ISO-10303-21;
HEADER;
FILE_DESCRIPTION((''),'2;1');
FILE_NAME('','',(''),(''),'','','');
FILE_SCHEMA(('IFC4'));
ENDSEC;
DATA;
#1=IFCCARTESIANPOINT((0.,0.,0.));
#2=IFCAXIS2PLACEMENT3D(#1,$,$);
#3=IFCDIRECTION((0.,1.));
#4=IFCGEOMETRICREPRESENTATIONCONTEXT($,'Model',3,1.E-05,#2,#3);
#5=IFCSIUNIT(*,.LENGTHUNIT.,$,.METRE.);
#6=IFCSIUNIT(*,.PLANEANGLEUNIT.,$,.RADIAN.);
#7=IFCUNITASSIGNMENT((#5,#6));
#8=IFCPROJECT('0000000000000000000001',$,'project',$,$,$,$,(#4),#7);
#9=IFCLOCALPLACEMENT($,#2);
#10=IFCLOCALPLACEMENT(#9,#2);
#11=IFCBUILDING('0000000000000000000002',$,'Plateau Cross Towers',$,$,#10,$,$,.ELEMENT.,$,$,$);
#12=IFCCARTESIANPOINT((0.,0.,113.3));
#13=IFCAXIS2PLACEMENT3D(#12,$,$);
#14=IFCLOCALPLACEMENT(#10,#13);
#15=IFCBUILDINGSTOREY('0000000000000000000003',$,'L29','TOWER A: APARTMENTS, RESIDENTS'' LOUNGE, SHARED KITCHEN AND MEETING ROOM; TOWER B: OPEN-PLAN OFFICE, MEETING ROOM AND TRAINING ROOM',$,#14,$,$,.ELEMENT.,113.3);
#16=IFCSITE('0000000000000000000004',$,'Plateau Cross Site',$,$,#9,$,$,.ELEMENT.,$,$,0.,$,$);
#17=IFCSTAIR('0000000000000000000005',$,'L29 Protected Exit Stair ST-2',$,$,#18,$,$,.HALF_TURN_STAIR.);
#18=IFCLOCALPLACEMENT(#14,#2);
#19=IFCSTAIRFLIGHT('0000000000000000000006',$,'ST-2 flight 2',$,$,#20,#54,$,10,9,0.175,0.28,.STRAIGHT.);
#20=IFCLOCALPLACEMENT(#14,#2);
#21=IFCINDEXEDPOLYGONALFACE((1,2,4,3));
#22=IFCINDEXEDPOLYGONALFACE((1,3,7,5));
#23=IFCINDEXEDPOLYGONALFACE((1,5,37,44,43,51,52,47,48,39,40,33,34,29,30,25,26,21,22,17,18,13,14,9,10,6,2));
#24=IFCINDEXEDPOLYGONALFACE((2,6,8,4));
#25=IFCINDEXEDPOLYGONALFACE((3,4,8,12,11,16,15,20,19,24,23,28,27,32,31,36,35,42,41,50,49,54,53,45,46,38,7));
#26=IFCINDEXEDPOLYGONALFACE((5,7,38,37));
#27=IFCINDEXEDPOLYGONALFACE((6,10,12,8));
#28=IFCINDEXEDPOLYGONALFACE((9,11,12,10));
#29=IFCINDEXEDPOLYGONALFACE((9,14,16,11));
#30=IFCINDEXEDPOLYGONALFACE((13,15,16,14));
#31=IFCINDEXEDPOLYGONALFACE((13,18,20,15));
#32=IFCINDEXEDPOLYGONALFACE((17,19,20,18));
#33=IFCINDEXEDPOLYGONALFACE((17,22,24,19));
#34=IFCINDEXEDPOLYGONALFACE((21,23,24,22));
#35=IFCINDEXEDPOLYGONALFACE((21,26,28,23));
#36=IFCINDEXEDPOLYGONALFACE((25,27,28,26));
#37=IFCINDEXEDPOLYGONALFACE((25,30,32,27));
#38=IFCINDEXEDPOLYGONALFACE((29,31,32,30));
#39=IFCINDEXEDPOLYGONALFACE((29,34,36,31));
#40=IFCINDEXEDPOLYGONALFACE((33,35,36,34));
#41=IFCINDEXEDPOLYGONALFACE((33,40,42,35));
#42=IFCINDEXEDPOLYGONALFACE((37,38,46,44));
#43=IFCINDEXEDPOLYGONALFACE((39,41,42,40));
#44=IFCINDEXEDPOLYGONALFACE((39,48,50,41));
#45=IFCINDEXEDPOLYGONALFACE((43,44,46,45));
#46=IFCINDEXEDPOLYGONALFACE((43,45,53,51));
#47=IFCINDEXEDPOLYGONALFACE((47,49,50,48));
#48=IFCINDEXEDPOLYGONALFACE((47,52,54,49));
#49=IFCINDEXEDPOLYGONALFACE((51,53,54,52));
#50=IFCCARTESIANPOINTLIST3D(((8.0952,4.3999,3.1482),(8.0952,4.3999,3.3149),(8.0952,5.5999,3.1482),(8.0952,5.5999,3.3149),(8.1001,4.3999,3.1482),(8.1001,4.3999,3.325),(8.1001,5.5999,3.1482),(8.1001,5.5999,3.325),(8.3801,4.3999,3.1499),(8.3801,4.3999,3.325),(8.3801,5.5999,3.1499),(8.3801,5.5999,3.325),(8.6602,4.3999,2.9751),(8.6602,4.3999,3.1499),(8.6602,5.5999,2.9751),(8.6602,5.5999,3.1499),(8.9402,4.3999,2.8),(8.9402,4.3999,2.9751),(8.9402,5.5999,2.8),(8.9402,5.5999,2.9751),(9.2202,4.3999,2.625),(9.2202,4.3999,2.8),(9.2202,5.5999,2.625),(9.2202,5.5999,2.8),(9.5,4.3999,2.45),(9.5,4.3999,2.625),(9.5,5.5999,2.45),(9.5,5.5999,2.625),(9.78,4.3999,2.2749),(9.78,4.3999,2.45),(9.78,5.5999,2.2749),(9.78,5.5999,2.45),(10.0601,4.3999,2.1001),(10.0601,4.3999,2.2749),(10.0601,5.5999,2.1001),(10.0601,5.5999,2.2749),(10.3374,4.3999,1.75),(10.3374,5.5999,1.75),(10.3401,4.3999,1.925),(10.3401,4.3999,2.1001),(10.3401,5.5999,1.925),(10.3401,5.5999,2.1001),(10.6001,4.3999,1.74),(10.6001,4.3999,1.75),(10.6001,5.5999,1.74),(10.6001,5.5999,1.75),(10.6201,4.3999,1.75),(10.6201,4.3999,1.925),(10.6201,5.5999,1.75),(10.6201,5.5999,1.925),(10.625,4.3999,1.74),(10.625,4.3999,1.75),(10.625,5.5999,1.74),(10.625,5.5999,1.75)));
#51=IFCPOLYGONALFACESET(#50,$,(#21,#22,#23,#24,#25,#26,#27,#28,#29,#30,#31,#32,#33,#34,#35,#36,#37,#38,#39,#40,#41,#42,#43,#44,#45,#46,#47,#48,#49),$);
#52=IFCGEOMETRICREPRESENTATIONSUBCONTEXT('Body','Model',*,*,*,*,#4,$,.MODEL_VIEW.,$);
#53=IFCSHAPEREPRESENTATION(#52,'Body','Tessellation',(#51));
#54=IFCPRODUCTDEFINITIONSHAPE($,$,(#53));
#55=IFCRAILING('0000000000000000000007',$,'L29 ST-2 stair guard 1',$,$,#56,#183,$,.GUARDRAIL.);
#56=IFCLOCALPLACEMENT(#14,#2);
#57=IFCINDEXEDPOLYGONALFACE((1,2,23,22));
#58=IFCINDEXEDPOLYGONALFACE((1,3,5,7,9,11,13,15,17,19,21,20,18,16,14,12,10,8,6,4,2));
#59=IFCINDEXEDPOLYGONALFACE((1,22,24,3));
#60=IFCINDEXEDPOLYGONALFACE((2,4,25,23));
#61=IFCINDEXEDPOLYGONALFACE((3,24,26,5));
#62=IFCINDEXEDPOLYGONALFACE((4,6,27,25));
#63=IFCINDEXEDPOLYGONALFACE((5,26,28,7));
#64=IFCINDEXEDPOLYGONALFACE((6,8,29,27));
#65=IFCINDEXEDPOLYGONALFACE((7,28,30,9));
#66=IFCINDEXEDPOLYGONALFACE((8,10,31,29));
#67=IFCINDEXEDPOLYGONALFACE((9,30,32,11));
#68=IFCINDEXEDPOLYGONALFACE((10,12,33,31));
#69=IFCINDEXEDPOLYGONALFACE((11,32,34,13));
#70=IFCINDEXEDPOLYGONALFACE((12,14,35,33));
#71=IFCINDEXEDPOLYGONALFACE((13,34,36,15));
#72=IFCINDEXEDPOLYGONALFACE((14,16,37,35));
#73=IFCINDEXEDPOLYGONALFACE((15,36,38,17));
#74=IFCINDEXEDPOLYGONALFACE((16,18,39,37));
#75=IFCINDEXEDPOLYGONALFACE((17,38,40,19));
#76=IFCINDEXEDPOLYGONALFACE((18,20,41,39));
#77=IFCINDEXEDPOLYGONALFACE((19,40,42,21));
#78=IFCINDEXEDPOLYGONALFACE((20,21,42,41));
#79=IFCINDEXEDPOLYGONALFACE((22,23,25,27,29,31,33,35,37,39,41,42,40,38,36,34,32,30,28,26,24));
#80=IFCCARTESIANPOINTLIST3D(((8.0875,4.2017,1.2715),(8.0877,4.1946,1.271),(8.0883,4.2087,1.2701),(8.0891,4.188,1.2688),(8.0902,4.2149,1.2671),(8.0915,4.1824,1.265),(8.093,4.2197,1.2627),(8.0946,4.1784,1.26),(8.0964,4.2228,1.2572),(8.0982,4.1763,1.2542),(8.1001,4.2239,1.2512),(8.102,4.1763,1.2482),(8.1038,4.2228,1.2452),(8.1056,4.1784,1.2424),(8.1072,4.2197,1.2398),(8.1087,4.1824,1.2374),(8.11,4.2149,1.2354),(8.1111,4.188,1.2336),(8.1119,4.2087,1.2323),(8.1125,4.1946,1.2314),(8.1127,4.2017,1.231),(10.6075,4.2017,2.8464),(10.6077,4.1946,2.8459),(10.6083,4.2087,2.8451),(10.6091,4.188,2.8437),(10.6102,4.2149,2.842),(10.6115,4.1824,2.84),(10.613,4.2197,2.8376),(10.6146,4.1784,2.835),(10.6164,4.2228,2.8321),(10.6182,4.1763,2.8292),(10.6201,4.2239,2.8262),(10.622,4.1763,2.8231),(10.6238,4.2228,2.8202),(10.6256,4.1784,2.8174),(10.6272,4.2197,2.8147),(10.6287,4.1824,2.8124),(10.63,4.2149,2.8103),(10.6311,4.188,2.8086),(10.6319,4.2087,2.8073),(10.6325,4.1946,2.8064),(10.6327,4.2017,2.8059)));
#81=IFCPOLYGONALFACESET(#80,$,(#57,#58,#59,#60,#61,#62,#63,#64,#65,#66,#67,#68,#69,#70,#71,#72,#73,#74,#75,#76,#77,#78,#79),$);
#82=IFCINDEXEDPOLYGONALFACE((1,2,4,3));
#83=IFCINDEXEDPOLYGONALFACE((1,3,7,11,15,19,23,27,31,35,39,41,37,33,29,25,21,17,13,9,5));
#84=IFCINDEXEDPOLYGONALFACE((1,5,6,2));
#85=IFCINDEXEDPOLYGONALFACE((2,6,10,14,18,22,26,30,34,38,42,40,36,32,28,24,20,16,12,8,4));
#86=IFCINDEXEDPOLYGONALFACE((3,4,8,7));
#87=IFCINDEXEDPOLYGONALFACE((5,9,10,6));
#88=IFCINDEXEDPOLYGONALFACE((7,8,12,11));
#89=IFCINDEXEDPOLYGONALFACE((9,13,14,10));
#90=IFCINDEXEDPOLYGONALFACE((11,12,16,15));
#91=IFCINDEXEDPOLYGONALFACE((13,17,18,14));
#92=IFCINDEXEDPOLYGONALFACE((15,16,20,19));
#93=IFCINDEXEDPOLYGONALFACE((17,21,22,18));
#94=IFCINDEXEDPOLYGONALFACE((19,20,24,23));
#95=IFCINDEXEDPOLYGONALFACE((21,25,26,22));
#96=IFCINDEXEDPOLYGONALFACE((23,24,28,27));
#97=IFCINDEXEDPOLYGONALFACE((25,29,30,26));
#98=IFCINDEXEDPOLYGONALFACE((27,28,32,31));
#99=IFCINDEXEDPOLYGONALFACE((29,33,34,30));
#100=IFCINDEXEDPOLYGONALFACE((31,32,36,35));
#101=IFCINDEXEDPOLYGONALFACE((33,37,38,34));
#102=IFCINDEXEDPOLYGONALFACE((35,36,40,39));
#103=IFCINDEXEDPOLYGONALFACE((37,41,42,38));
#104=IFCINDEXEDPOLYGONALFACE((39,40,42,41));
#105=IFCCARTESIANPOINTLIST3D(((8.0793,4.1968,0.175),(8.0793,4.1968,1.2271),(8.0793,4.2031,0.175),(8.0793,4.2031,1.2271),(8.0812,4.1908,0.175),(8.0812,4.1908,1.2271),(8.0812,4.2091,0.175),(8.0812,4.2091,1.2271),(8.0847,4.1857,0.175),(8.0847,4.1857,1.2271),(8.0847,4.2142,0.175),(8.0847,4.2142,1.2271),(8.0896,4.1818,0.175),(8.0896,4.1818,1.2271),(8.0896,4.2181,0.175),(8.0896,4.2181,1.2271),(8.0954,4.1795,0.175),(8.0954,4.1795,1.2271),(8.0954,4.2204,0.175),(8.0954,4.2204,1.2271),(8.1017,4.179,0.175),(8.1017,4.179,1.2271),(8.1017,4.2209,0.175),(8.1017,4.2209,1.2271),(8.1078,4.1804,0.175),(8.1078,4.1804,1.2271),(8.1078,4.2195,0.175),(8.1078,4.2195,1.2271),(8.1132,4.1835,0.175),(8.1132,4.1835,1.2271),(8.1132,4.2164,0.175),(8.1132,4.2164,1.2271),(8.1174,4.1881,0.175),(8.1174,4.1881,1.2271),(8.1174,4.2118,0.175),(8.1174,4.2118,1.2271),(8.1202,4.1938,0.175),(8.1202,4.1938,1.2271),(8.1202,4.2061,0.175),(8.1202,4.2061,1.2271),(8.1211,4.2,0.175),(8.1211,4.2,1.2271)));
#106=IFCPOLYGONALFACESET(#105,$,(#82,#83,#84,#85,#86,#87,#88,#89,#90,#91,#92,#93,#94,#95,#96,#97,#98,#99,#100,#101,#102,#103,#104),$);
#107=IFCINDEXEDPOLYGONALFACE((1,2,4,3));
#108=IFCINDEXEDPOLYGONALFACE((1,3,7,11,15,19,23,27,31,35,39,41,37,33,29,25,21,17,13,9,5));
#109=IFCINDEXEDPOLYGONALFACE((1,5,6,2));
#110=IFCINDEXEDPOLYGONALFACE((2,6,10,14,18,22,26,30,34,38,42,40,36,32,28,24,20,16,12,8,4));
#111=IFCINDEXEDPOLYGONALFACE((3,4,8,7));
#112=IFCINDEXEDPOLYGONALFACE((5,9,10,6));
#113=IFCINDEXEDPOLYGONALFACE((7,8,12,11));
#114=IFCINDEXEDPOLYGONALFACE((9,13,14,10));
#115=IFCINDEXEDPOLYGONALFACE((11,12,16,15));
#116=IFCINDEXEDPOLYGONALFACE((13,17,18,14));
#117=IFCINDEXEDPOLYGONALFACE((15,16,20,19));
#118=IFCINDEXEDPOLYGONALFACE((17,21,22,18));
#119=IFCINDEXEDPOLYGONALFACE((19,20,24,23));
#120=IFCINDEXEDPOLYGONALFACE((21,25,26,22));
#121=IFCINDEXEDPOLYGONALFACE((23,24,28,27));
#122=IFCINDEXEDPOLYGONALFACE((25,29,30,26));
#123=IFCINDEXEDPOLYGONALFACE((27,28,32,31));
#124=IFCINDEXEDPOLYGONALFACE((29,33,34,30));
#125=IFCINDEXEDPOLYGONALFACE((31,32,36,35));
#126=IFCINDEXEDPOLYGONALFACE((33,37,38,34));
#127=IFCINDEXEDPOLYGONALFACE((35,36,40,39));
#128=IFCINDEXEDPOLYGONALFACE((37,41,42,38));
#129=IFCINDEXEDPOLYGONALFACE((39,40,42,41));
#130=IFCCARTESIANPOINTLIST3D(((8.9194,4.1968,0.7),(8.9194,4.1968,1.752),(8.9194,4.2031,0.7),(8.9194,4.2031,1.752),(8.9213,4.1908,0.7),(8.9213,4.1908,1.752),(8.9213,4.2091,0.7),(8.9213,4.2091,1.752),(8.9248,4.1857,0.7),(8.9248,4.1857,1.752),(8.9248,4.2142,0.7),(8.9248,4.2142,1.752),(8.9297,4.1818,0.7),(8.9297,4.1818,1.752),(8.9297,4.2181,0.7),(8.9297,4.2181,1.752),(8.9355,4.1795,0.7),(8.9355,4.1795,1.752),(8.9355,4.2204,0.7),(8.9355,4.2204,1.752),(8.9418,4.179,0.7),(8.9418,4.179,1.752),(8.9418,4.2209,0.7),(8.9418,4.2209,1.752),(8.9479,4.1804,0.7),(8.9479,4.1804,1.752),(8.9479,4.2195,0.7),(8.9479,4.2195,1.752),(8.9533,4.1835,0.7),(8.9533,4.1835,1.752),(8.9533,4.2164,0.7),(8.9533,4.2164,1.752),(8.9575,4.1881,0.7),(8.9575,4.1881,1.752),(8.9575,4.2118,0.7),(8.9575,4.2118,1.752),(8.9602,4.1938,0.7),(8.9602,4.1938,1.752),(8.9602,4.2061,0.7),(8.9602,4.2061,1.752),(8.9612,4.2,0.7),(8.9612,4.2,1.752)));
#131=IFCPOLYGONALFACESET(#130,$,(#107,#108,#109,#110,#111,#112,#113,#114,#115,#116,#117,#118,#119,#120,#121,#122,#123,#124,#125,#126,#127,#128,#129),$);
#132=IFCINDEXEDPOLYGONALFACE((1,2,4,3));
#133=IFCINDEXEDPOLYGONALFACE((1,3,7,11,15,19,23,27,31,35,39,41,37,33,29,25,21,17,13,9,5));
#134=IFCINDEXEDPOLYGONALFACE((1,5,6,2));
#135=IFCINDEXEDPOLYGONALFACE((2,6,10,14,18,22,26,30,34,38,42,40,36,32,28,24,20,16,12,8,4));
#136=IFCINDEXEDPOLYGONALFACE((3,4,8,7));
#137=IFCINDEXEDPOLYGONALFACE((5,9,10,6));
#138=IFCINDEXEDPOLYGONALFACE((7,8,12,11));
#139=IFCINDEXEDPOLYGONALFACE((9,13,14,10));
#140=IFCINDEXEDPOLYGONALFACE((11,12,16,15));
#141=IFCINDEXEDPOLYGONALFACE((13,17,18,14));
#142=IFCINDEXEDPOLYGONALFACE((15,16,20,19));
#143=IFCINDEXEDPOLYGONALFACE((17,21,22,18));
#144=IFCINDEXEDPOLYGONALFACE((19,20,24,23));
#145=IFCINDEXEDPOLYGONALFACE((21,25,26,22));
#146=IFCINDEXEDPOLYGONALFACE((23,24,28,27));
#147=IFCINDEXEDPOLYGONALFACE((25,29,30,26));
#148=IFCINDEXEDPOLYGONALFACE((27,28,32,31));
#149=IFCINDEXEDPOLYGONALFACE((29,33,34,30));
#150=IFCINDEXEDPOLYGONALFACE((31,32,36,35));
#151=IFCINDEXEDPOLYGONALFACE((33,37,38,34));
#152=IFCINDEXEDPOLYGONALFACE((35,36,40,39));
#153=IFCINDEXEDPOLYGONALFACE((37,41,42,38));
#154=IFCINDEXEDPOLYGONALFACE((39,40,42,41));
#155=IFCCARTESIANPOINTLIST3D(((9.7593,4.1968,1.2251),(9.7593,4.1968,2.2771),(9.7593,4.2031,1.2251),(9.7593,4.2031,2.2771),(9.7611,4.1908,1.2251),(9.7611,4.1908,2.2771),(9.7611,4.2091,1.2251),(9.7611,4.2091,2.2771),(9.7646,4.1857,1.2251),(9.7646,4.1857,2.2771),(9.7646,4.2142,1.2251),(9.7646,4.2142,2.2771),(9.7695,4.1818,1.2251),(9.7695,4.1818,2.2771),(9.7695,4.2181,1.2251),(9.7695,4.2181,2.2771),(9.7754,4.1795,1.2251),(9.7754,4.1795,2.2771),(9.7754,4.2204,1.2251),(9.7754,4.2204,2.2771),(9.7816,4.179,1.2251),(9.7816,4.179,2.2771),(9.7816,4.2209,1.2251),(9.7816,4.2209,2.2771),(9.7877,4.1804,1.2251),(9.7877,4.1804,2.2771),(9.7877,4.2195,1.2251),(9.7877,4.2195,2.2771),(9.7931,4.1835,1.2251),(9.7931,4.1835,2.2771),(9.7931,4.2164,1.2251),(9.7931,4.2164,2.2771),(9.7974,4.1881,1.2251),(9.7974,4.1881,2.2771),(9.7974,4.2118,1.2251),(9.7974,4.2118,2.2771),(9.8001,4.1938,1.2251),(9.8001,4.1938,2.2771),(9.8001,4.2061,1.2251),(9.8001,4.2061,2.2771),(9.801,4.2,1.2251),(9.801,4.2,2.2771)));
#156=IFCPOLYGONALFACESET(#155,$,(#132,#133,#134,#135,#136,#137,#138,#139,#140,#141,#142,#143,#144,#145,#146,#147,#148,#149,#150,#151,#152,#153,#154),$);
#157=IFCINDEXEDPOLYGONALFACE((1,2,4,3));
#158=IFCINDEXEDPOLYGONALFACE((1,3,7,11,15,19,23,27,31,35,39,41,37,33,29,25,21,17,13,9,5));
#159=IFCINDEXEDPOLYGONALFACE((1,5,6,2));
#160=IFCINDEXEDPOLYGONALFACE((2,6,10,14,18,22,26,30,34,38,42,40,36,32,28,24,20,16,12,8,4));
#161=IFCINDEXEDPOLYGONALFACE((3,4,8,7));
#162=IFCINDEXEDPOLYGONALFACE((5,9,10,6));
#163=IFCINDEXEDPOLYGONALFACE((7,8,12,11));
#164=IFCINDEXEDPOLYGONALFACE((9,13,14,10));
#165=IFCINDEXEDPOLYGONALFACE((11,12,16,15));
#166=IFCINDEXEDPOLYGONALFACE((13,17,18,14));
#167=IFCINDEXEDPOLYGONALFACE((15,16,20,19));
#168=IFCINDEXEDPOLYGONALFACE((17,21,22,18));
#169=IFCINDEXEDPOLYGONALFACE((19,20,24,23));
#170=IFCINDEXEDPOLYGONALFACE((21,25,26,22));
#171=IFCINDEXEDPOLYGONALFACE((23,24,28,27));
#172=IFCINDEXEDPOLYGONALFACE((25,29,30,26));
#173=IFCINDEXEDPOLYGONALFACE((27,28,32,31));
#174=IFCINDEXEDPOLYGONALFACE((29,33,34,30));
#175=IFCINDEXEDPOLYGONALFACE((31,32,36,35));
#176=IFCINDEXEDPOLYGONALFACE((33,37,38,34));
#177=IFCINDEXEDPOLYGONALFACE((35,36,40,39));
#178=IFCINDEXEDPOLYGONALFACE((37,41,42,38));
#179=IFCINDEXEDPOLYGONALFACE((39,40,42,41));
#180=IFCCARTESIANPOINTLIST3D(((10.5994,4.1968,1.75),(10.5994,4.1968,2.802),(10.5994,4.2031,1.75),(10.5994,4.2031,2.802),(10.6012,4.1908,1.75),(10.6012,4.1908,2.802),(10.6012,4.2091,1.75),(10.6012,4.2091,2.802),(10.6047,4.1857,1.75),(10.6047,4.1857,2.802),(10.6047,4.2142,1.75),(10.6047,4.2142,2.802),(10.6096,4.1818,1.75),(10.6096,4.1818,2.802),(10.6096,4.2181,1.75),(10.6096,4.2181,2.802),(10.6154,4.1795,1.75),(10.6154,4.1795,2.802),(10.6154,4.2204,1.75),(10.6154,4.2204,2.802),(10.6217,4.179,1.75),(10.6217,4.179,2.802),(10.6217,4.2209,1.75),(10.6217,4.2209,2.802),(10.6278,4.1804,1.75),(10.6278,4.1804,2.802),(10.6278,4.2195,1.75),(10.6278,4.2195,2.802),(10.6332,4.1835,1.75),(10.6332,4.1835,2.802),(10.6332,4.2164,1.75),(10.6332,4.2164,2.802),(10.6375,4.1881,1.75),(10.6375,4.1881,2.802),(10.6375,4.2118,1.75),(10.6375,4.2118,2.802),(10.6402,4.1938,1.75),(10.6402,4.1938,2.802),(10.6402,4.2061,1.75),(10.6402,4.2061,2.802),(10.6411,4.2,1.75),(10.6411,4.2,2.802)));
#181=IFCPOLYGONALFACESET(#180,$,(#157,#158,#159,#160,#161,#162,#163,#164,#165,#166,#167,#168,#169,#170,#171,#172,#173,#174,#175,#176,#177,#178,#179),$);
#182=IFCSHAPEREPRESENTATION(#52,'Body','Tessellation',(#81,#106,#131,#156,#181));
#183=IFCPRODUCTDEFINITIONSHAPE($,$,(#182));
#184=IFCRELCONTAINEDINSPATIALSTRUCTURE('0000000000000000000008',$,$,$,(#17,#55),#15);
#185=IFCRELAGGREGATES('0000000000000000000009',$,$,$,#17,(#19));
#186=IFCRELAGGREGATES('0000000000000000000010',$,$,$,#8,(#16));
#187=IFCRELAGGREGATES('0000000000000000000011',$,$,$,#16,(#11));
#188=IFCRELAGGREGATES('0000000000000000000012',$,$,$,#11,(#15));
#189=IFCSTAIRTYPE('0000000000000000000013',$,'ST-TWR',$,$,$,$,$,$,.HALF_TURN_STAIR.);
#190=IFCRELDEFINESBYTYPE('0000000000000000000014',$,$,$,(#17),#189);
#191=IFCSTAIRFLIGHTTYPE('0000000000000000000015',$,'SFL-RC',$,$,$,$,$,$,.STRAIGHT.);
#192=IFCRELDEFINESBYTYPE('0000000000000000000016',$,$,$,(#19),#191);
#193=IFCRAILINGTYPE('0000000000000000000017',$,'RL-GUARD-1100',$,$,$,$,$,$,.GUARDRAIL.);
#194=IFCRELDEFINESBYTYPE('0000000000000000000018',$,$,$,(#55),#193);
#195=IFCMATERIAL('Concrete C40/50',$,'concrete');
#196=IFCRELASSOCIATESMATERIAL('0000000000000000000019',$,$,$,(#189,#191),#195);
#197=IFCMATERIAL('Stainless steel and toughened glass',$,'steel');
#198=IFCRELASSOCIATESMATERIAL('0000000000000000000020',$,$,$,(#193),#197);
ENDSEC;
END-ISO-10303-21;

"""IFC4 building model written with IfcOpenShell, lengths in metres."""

from ifc_helpers import new_model, si_unit, direction, frame, origin, origin_2d, place, context, subcontext, project, spatial, polyline, circle, outline, extrude, material, type_object, element, aggregate, save


model = new_model("IFC4")

# Units and contexts
model_context = context("Model", 3, precision=1e-05, world=origin(), true_north=direction((0.0, 1.0)))
body_context = subcontext(model_context, "Body", "Model", "MODEL_VIEW")
ifc_project = project(units=[si_unit("LENGTHUNIT", "METRE"), si_unit("PLANEANGLEUNIT", "RADIAN")], contexts=[model_context])

# Site, building, storey
site_placement = place(None, origin())
site = spatial("IfcSite", under=ifc_project, at=site_placement, Name="Plateau Cross Site", CompositionType="ELEMENT", RefElevation=0.0)
building_placement = place(site_placement, origin())
building = spatial("IfcBuilding", under=site, at=building_placement, Name="Plateau Cross Towers", CompositionType="ELEMENT")
storey_placement = place(building_placement, frame((0.0, 0.0, 113.3)))
storey = spatial("IfcBuildingStorey", under=building, at=storey_placement, Name="L29", Description="TOWER A: APARTMENTS, RESIDENTS' LOUNGE, SHARED KITCHEN AND MEETING ROOM; TOWER B: OPEN-PLAN OFFICE, MEETING ROOM AND TRAINING ROOM", CompositionType="ELEMENT", Elevation=113.3)

# Stair, stair flight
ifc_material_1 = material(Name="Concrete C40/50", Category="concrete")
stair_type = type_object("IfcStairType", Name="ST-TWR", PredefinedType="HALF_TURN_STAIR", material=ifc_material_1)
stair_placement = place(storey_placement, origin())
stair = element("IfcStair", 1, at=stair_placement, inside=storey, type_object=stair_type, Name="L29 Protected Exit Stair ST-2", PredefinedType="HALF_TURN_STAIR")
stair_flight_type = type_object("IfcStairFlightType", Name="SFL-RC", PredefinedType="STRAIGHT", material=ifc_material_1)
stair_flight_placement = place(storey_placement, frame((10.6201, 5.0, 1.75), z_axis=(0.0, 0.0, 1.0), x_axis=(-1.0, 0.0, 0.0)))
stair_flight = element("IfcStairFlight", 2, at=stair_flight_placement, type_object=stair_flight_type, Name="ST-2 flight 2", NumberOfRisers=10, NumberOfTreads=9, PredefinedType="STRAIGHT", RiserHeight=0.175, TreadLength=0.28, context=body_context, shape_type="SweptSolid", body=[
    extrude(outline(polyline([(-0.0049, -0.01), (-0.0049, 0.0), (0.0, 0.0), (0.0, 0.175), (0.28, 0.175), (0.28, 0.3501), (0.5601, 0.3501), (0.5601, 0.5249), (0.8401, 0.5249), (0.8401, 0.7), (1.1201, 0.7), (1.1201, 0.875), (1.3999, 0.875), (1.3999, 1.05), (1.6799, 1.05), (1.6799, 1.2251), (1.96, 1.2251), (1.96, 1.3999), (2.24, 1.3999), (2.24, 1.575), (2.52, 1.575), (2.5249, 1.5649), (2.5249, 1.3982), (2.52, 1.3982), (0.2827, 0.0), (0.02, 0.0), (0.02, -0.01), (-0.0049, -0.01)])), frame((0.0, 0.6001, 0.0), z_axis=(0.0, -1.0, 0.0), x_axis=(1.0, 0.0, 0.0)), (0.0, 0.0, 1.0), 1.2),
])
aggregate(stair, [stair_flight])

# Railing
ifc_material_2 = material(Name="Stainless steel and toughened glass", Category="steel")
railing_type_1 = type_object("IfcRailingType", Name="RL-GUARD-1100", PredefinedType="GUARDRAIL", material=ifc_material_2)
railing_1_placement = place(storey_placement, frame((8.1001, 4.2, 0.175)))
element("IfcRailing", 3, at=railing_1_placement, inside=storey, type_object=railing_type_1, Name="L29 ST-2 stair guard 1", PredefinedType="GUARDRAIL", context=body_context, shape_type="SweptSolid", body=[
    extrude(circle(Radius=0.0239, at=origin_2d()), frame((0.0, 0.0, 1.0762), z_axis=(0.848008, 0.0, 0.529984), x_axis=(0.0, 1.0, 0.0)), (0.0, 0.0, 1.0), 2.9717),
    extrude(circle(Radius=0.021, at=origin_2d()), origin(), (0.0, 0.0, 1.0), 1.052),
    extrude(circle(Radius=0.021, at=origin_2d()), frame((0.8401, 0.0, 0.5249)), (0.0, 0.0, 1.0), 1.052),
    extrude(circle(Radius=0.021, at=origin_2d()), frame((1.6799, 0.0, 1.05)), (0.0, 0.0, 1.0), 1.052),
    extrude(circle(Radius=0.021, at=origin_2d()), frame((2.52, 0.0, 1.575)), (0.0, 0.0, 1.0), 1.052),
])

save(model, "model.ifc")
